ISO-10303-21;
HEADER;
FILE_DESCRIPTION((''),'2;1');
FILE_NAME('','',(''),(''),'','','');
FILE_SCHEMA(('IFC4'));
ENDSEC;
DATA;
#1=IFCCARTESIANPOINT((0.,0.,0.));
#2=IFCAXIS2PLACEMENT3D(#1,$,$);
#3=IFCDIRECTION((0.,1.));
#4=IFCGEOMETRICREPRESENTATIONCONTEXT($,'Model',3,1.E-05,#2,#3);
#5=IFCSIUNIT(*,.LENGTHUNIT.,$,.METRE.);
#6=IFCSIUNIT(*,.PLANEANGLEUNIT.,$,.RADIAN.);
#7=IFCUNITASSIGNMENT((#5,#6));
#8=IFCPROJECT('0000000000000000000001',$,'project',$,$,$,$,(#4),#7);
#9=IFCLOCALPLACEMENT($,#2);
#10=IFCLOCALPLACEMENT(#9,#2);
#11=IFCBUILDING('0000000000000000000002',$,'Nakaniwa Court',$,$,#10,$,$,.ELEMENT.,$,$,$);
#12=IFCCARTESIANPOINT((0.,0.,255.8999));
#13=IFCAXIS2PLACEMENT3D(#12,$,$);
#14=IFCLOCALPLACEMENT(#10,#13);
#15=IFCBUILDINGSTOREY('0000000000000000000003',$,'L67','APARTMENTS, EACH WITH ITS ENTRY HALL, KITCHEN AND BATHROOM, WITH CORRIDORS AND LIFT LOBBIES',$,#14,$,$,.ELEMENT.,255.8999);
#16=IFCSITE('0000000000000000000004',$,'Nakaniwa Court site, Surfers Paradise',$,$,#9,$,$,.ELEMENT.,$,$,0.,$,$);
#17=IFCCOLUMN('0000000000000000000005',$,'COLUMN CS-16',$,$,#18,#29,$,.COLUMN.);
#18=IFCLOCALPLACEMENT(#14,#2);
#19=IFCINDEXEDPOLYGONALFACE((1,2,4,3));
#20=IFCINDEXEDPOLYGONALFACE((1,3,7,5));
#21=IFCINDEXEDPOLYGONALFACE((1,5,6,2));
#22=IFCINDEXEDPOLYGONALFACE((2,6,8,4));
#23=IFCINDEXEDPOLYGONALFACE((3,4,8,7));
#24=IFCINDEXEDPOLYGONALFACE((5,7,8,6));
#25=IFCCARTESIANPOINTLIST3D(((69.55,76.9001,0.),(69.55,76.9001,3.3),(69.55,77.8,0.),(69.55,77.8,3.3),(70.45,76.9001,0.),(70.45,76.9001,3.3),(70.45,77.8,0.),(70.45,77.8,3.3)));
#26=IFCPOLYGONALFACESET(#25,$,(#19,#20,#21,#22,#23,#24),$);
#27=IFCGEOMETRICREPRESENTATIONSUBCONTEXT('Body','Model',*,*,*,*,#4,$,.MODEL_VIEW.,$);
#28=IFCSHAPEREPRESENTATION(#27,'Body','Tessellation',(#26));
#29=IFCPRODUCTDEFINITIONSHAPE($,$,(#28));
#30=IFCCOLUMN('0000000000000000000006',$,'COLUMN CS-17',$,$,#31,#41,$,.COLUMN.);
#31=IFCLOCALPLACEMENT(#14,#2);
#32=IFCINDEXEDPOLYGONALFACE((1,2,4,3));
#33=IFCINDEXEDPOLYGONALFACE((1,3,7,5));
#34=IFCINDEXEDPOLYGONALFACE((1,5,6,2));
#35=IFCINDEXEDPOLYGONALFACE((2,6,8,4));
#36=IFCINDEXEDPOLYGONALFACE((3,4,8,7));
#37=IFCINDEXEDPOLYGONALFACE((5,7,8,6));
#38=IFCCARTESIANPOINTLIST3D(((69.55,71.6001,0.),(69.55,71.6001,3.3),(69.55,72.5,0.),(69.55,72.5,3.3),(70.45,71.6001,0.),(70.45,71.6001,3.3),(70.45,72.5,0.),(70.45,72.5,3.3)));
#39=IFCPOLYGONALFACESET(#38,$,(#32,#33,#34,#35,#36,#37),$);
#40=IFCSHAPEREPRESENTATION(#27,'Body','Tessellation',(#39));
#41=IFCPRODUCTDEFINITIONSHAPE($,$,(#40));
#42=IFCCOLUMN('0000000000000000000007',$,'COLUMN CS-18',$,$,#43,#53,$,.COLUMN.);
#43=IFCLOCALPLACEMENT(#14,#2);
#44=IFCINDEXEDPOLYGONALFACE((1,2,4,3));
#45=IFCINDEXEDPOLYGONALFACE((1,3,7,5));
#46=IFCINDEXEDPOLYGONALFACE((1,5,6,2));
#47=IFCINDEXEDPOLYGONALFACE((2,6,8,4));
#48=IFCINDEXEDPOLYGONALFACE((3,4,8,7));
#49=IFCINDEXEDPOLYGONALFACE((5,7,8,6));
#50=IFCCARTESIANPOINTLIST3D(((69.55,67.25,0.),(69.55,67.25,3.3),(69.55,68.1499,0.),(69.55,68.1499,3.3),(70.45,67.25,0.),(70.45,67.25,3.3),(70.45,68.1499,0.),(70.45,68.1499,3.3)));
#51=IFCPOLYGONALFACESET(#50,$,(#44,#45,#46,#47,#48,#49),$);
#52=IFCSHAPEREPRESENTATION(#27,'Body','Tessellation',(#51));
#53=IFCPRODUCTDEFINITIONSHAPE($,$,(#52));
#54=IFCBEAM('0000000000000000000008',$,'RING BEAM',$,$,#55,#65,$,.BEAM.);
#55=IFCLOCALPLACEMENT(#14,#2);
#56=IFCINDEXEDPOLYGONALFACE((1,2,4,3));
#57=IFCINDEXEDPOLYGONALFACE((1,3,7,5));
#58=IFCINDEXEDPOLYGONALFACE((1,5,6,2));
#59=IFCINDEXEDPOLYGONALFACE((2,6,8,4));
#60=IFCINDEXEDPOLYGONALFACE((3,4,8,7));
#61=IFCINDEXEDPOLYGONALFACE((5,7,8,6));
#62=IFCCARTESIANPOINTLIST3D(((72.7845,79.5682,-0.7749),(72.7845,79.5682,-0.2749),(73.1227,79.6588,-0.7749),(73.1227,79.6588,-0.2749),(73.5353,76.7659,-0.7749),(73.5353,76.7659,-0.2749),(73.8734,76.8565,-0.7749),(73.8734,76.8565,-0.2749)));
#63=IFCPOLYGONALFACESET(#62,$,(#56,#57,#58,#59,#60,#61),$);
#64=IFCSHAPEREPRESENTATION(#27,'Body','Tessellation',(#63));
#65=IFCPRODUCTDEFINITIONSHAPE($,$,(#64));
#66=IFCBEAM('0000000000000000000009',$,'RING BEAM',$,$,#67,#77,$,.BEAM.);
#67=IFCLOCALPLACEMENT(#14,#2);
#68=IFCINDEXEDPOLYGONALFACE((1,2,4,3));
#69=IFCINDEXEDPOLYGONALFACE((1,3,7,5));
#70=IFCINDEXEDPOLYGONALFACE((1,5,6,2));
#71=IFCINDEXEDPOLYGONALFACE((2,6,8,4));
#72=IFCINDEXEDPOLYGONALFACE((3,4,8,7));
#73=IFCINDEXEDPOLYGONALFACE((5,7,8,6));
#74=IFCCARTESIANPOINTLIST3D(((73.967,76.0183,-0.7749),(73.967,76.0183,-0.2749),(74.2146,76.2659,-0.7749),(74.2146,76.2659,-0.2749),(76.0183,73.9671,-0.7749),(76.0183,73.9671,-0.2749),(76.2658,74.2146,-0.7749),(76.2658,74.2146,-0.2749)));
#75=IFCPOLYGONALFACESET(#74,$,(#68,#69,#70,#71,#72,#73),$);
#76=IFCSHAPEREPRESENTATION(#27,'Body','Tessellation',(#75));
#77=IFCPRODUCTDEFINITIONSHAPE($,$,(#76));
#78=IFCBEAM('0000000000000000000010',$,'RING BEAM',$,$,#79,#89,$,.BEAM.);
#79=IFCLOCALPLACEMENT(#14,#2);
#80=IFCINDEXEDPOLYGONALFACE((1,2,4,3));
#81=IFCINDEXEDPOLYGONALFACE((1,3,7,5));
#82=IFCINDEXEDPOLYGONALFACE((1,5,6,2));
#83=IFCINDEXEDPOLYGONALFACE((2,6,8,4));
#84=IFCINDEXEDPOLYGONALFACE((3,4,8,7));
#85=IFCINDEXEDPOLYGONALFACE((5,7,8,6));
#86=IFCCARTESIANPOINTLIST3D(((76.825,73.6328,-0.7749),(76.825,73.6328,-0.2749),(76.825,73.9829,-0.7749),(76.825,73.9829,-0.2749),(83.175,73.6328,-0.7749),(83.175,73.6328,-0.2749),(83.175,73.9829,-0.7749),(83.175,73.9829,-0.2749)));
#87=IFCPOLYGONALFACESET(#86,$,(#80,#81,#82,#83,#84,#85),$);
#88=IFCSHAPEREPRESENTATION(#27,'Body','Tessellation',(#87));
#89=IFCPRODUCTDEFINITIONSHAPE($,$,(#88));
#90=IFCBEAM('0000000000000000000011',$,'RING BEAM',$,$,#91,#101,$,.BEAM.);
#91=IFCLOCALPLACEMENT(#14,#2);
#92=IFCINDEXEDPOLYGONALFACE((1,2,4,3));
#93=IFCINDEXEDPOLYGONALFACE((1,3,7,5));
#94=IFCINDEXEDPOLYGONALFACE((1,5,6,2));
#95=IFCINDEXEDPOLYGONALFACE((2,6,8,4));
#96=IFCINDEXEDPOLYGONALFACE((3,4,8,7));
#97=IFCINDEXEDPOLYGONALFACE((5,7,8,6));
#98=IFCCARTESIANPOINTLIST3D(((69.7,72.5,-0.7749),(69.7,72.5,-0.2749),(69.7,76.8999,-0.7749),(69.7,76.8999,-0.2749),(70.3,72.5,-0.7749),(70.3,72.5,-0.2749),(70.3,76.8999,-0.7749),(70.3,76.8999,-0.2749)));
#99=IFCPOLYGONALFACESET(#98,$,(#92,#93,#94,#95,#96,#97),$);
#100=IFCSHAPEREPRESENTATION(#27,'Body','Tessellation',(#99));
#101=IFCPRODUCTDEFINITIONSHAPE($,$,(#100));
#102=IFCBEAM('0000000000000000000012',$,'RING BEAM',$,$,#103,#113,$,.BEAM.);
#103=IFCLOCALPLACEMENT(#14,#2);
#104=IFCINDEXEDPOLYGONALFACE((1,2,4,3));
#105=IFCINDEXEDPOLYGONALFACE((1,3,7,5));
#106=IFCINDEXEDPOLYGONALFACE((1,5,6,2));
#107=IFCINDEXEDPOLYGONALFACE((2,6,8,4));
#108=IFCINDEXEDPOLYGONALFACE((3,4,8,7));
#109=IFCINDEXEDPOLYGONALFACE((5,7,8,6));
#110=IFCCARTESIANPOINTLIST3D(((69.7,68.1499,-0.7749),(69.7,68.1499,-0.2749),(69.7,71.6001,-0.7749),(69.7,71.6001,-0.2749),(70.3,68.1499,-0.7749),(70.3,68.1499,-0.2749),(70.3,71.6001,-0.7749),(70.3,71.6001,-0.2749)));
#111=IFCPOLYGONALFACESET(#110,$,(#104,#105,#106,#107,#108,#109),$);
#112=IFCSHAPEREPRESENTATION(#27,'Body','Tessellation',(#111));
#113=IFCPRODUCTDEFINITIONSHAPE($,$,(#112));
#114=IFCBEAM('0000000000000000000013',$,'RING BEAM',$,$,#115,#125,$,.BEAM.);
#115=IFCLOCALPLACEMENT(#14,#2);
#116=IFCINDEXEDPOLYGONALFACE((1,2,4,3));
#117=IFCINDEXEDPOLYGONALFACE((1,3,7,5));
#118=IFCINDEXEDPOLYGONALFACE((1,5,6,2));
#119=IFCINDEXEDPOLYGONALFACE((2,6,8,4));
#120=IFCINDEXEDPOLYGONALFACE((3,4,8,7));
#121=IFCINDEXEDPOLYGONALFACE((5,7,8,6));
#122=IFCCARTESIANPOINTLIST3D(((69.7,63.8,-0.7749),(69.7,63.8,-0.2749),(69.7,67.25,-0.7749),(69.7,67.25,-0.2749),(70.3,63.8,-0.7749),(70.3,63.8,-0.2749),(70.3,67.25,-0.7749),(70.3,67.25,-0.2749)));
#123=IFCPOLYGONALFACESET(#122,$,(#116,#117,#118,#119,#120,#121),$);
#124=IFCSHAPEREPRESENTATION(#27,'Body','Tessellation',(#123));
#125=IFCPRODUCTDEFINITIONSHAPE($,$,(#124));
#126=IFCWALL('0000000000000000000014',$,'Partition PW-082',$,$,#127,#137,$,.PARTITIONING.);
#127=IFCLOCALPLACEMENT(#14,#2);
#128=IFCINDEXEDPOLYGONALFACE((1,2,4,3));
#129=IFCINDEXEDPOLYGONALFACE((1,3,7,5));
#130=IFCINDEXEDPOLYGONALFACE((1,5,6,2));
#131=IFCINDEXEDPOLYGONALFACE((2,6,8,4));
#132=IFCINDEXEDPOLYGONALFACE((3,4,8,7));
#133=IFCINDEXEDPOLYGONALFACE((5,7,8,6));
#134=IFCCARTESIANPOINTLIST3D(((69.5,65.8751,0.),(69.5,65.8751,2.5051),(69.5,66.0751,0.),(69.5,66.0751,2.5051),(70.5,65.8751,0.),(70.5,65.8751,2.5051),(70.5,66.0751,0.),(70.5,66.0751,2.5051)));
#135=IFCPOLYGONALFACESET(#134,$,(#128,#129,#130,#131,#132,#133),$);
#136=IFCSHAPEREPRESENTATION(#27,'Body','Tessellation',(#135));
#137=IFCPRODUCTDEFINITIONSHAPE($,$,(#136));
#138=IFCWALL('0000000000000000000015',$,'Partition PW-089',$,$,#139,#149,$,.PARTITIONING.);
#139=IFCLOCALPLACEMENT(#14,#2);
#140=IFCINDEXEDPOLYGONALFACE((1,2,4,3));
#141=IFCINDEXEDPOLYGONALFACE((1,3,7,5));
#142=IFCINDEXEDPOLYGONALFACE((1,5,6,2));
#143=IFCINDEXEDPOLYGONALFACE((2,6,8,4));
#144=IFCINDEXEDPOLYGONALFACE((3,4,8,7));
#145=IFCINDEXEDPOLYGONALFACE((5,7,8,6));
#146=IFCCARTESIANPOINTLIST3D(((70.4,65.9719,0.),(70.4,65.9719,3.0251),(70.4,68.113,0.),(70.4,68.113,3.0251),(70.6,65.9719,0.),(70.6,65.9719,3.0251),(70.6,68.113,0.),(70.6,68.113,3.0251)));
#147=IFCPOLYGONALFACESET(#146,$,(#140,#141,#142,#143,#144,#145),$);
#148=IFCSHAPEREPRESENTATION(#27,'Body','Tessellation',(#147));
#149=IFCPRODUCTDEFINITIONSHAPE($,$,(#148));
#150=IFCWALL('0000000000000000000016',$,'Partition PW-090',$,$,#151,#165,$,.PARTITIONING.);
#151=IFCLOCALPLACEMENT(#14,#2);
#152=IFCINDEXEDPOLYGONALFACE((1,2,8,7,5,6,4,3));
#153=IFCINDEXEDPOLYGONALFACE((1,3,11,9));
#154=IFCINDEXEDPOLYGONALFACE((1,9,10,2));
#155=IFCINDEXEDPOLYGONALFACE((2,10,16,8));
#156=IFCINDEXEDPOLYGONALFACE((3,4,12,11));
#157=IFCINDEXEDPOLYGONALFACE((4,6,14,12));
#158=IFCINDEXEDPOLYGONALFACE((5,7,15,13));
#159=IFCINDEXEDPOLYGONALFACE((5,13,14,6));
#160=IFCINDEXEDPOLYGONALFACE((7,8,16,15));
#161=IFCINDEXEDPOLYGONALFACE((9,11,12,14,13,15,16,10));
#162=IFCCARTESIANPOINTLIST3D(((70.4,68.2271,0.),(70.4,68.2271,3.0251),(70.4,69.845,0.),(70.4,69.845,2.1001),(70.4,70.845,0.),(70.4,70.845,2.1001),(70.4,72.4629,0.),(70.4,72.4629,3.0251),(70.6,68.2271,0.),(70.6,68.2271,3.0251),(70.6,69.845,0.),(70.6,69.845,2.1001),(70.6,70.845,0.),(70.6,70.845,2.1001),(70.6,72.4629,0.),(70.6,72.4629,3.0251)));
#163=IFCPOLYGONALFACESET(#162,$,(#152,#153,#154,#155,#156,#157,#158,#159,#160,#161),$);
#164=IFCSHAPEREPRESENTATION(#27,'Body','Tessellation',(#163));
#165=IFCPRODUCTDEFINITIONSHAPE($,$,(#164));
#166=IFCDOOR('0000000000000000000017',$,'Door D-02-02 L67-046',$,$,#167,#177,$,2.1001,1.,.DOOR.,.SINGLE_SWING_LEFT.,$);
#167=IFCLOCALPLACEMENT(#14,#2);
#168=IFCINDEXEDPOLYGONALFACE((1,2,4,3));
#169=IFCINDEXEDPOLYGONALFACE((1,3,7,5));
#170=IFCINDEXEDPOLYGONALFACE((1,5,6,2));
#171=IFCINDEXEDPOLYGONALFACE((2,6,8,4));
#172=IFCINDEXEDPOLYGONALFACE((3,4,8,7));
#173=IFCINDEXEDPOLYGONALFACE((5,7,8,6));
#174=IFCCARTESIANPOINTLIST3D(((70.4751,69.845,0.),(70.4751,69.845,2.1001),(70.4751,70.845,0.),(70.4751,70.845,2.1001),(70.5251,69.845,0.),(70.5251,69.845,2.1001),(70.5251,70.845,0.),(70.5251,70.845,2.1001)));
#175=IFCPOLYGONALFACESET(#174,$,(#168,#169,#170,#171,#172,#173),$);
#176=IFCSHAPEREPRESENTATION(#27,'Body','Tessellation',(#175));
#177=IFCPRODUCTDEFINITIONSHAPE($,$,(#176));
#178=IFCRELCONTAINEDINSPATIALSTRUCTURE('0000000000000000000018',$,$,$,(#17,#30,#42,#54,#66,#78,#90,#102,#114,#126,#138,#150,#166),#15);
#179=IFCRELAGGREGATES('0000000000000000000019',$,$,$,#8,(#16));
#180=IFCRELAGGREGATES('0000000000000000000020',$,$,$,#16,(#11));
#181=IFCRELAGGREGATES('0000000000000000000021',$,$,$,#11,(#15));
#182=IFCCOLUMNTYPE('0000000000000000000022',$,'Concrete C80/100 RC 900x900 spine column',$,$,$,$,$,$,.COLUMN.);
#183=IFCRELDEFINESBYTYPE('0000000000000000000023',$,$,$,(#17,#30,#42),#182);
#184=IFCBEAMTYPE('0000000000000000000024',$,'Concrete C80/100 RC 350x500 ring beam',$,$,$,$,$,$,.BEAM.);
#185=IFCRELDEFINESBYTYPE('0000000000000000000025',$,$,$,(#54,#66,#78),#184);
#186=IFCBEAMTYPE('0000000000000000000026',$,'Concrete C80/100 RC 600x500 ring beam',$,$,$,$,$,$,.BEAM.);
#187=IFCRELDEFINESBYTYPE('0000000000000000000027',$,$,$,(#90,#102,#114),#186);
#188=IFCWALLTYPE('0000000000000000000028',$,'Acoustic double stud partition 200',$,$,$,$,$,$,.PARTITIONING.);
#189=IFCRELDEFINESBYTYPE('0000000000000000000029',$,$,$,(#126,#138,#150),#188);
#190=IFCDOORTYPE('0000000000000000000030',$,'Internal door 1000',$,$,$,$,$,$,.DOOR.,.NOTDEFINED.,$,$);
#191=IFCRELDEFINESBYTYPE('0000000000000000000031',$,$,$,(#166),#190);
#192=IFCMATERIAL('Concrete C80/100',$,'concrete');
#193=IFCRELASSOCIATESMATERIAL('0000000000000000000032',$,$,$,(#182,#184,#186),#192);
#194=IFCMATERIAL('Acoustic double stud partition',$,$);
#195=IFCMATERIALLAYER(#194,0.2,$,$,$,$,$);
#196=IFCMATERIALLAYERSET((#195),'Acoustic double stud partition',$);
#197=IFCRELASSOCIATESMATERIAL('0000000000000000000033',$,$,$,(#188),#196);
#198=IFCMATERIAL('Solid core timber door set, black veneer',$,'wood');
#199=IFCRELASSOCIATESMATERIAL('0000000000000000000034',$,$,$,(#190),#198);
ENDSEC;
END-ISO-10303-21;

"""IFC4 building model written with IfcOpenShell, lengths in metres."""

from ifc_helpers import new_model, si_unit, direction, frame, frame_2d, origin, origin_2d, place, context, subcontext, project, spatial, rectangle, extrude, material, layer, layer_set, material_profile, profile_set, type_object, element, fill, save


model = new_model("IFC4")

# Units and contexts
model_context = context("Model", 3, precision=1e-05, world=origin(), true_north=direction((0.0, 1.0)))
body_context = subcontext(model_context, "Body", "Model", "MODEL_VIEW")
ifc_project = project(units=[si_unit("LENGTHUNIT", "METRE"), si_unit("PLANEANGLEUNIT", "RADIAN")], contexts=[model_context])

# Site, building, storey
site_placement = place(None, origin())
site = spatial("IfcSite", under=ifc_project, at=site_placement, Name="Nakaniwa Court site, Surfers Paradise", CompositionType="ELEMENT", RefElevation=0.0)
building_placement = place(site_placement, origin())
building = spatial("IfcBuilding", under=site, at=building_placement, Name="Nakaniwa Court", CompositionType="ELEMENT")
storey_placement = place(building_placement, frame((0.0, 0.0, 255.8999)))
storey = spatial("IfcBuildingStorey", under=building, at=storey_placement, Name="L67", Description="APARTMENTS, EACH WITH ITS ENTRY HALL, KITCHEN AND BATHROOM, WITH CORRIDORS AND LIFT LOBBIES", CompositionType="ELEMENT", Elevation=255.8999)

# Columns
ifc_material_1 = material(Name="Concrete C80/100", Category="concrete")
ifc_material_profile_1 = material_profile(ifc_material_1, rectangle(XDim=0.8999, YDim=0.8999, at=origin_2d()), Name="Concrete C80/100 RC 900x900 spine column")
ifc_profile_set_1 = profile_set([ifc_material_profile_1], Name="Concrete C80/100")
column_type_1 = type_object("IfcColumnType", Name="Concrete C80/100 RC 900x900 spine column", PredefinedType="COLUMN", material=ifc_profile_set_1)
for number, where, z_axis, x_axis, name in (
    (1, (70.0, 77.3501, 0.0), (0.0, 0.0, 1.0), (0.0, -1.0, 0.0), "COLUMN CS-16"),
    (2, (70.0, 72.05, 0.0), (0.0, 0.0, 1.0), (0.0, -1.0, 0.0), "COLUMN CS-17"),
    (3, (70.0, 67.7, 0.0), (0.0, 0.0, 1.0), (0.0, -1.0, 0.0), "COLUMN CS-18"),
):
    element("IfcColumn", number, at=place(storey_placement, frame(where, z_axis=z_axis, x_axis=x_axis)), inside=storey, type_object=column_type_1, Name=name, PredefinedType="COLUMN", context=body_context, shape_type="SweptSolid", body=[
        extrude(rectangle(XDim=0.8999, YDim=0.8999, at=origin_2d()), origin(), (0.0, 0.0, 1.0), 3.3),
    ])

# Beams
ifc_material_profile_2 = material_profile(ifc_material_1, rectangle(XDim=0.3501, YDim=0.5, at=origin_2d()), Name="Concrete C80/100 RC 350x500 ring beam")
ifc_profile_set_2 = profile_set([ifc_material_profile_2], Name="Concrete C80/100")
beam_type_1 = type_object("IfcBeamType", Name="Concrete C80/100 RC 350x500 ring beam", PredefinedType="BEAM", material=ifc_profile_set_2)
beam_1_placement = place(storey_placement, frame((72.9536, 79.6135, -0.5249), z_axis=(0.258778, -0.965937, 0.0), x_axis=(0.965937, 0.258778, 0.0)))
element("IfcBeam", 4, at=beam_1_placement, inside=storey, type_object=beam_type_1, Name="RING BEAM", PredefinedType="BEAM", context=body_context, shape_type="SweptSolid", body=[
    extrude(rectangle(XDim=0.3501, YDim=0.5, at=origin_2d()), origin(), (0.0, 0.0, 1.0), 2.9011),
])
beam_2_placement = place(storey_placement, frame((74.0908, 76.1421, -0.5249), z_axis=(0.707107, -0.707107, 0.0), x_axis=(0.707107, 0.707107, 0.0)))
element("IfcBeam", 5, at=beam_2_placement, inside=storey, type_object=beam_type_1, Name="RING BEAM", PredefinedType="BEAM", context=body_context, shape_type="SweptSolid", body=[
    extrude(rectangle(XDim=0.3501, YDim=0.5, at=origin_2d()), origin(), (0.0, 0.0, 1.0), 2.9009),
])
beam_3_placement = place(storey_placement, frame((76.825, 73.8079, -0.5249), z_axis=(1.0, 0.0, 0.0), x_axis=(0.0, 1.0, 0.0)))
element("IfcBeam", 6, at=beam_3_placement, inside=storey, type_object=beam_type_1, Name="RING BEAM", PredefinedType="BEAM", context=body_context, shape_type="SweptSolid", body=[
    extrude(rectangle(XDim=0.3501, YDim=0.5, at=origin_2d()), origin(), (0.0, 0.0, 1.0), 6.3501),
])
ifc_material_profile_3 = material_profile(ifc_material_1, rectangle(XDim=0.6001, YDim=0.5, at=origin_2d()), Name="Concrete C80/100 RC 600x500 ring beam")
ifc_profile_set_3 = profile_set([ifc_material_profile_3], Name="Concrete C80/100")
beam_type_2 = type_object("IfcBeamType", Name="Concrete C80/100 RC 600x500 ring beam", PredefinedType="BEAM", material=ifc_profile_set_3)
beam_4_placement = place(storey_placement, frame((70.0, 76.8999, -0.5249), z_axis=(0.0, -1.0, 0.0), x_axis=(1.0, 0.0, 0.0)))
element("IfcBeam", 7, at=beam_4_placement, inside=storey, type_object=beam_type_2, Name="RING BEAM", PredefinedType="BEAM", context=body_context, shape_type="SweptSolid", body=[
    extrude(rectangle(XDim=0.6001, YDim=0.5, at=origin_2d()), origin(), (0.0, 0.0, 1.0), 4.3999),
])
beam_5_placement = place(storey_placement, frame((70.0, 71.6001, -0.5249), z_axis=(0.0, -1.0, 0.0), x_axis=(1.0, 0.0, 0.0)))
element("IfcBeam", 8, at=beam_5_placement, inside=storey, type_object=beam_type_2, Name="RING BEAM", PredefinedType="BEAM", context=body_context, shape_type="SweptSolid", body=[
    extrude(rectangle(XDim=0.6001, YDim=0.5, at=origin_2d()), origin(), (0.0, 0.0, 1.0), 3.4502),
])
beam_6_placement = place(storey_placement, frame((70.0, 67.25, -0.5249), z_axis=(0.0, -1.0, 0.0), x_axis=(1.0, 0.0, 0.0)))
element("IfcBeam", 9, at=beam_6_placement, inside=storey, type_object=beam_type_2, Name="RING BEAM", PredefinedType="BEAM", context=body_context, shape_type="SweptSolid", body=[
    extrude(rectangle(XDim=0.6001, YDim=0.5, at=origin_2d()), origin(), (0.0, 0.0, 1.0), 3.45),
])

# Walls
ifc_material_2 = material(Name="Acoustic double stud partition")
ifc_layer_1 = layer(ifc_material_2, 0.2)
ifc_layer_set_1 = layer_set([ifc_layer_1], Name="Acoustic double stud partition")
wall_type_1 = type_object("IfcWallType", Name="Acoustic double stud partition 200", PredefinedType="PARTITIONING", material=ifc_layer_set_1)
wall_1_placement = place(storey_placement, frame((69.5, 65.9751, 0.0), z_axis=(0.0, 0.0, 1.0), x_axis=(1.0, 0.0, 0.0)))
element("IfcWall", 10, at=wall_1_placement, inside=storey, type_object=wall_type_1, Name="Partition PW-082", PredefinedType="PARTITIONING", context=body_context, shape_type="SweptSolid", body=[
    extrude(rectangle(XDim=1.0, YDim=0.2, at=frame_2d((0.5, 0.0))), origin(), (0.0, 0.0, 1.0), 2.5051),
])
wall_2_placement = place(storey_placement, frame((70.5, 65.9719, 0.0), z_axis=(0.0, 0.0, 1.0), x_axis=(0.0, 1.0, 0.0)))
element("IfcWall", 11, at=wall_2_placement, inside=storey, type_object=wall_type_1, Name="Partition PW-089", PredefinedType="PARTITIONING", context=body_context, shape_type="SweptSolid", body=[
    extrude(rectangle(XDim=2.1411, YDim=0.2, at=frame_2d((1.0706, 0.0))), origin(), (0.0, 0.0, 1.0), 3.0251),
])

# Wall, opening, door
wall_3_placement = place(storey_placement, frame((70.5, 68.2271, 0.0), z_axis=(0.0, 0.0, 1.0), x_axis=(0.0, 1.0, 0.0)))
wall_3 = element("IfcWall", 12, at=wall_3_placement, inside=storey, type_object=wall_type_1, Name="Partition PW-090", PredefinedType="PARTITIONING", context=body_context, shape_type="SweptSolid", body=[
    extrude(rectangle(XDim=4.2358, YDim=0.2, at=frame_2d((2.1179, 0.0))), origin(), (0.0, 0.0, 1.0), 3.0251),
])
opening_1_placement = place(wall_3_placement, frame((1.6179, 0.0, 0.0)))
opening_1 = element("IfcOpeningElement", 13, at=opening_1_placement, cuts=wall_3, PredefinedType="OPENING", context=body_context, shape_type="SweptSolid", body=[
    extrude(rectangle(XDim=1.0, YDim=2.1001, at=frame_2d((0.5, 1.05))), frame((0.0, 0.1099, 0.0), z_axis=(0.0, -1.0, 0.0), x_axis=(1.0, 0.0, 0.0)), (0.0, 0.0, 1.0), 0.22),
])
ifc_material_3 = material(Name="Solid core timber door set, black veneer", Category="wood")
door_type_1 = type_object("IfcDoorType", Name="Internal door 1000", OperationType="NOTDEFINED", PredefinedType="DOOR", material=ifc_material_3)
door_1_placement = place(opening_1_placement, origin())
door_1 = element("IfcDoor", 14, at=door_1_placement, inside=storey, type_object=door_type_1, Name="Door D-02-02 L67-046", OperationType="SINGLE_SWING_LEFT", OverallHeight=2.1001, OverallWidth=1.0, PredefinedType="DOOR", context=body_context, shape_type="SweptSolid", body=[
    extrude(rectangle(XDim=1.0, YDim=2.1001, at=frame_2d((0.5, 1.05))), frame((0.0, 0.0249, 0.0), z_axis=(0.0, -1.0, 0.0), x_axis=(1.0, 0.0, 0.0)), (0.0, 0.0, 1.0), 0.05),
])
fill(opening_1, door_1)

save(model, "model.ifc")
